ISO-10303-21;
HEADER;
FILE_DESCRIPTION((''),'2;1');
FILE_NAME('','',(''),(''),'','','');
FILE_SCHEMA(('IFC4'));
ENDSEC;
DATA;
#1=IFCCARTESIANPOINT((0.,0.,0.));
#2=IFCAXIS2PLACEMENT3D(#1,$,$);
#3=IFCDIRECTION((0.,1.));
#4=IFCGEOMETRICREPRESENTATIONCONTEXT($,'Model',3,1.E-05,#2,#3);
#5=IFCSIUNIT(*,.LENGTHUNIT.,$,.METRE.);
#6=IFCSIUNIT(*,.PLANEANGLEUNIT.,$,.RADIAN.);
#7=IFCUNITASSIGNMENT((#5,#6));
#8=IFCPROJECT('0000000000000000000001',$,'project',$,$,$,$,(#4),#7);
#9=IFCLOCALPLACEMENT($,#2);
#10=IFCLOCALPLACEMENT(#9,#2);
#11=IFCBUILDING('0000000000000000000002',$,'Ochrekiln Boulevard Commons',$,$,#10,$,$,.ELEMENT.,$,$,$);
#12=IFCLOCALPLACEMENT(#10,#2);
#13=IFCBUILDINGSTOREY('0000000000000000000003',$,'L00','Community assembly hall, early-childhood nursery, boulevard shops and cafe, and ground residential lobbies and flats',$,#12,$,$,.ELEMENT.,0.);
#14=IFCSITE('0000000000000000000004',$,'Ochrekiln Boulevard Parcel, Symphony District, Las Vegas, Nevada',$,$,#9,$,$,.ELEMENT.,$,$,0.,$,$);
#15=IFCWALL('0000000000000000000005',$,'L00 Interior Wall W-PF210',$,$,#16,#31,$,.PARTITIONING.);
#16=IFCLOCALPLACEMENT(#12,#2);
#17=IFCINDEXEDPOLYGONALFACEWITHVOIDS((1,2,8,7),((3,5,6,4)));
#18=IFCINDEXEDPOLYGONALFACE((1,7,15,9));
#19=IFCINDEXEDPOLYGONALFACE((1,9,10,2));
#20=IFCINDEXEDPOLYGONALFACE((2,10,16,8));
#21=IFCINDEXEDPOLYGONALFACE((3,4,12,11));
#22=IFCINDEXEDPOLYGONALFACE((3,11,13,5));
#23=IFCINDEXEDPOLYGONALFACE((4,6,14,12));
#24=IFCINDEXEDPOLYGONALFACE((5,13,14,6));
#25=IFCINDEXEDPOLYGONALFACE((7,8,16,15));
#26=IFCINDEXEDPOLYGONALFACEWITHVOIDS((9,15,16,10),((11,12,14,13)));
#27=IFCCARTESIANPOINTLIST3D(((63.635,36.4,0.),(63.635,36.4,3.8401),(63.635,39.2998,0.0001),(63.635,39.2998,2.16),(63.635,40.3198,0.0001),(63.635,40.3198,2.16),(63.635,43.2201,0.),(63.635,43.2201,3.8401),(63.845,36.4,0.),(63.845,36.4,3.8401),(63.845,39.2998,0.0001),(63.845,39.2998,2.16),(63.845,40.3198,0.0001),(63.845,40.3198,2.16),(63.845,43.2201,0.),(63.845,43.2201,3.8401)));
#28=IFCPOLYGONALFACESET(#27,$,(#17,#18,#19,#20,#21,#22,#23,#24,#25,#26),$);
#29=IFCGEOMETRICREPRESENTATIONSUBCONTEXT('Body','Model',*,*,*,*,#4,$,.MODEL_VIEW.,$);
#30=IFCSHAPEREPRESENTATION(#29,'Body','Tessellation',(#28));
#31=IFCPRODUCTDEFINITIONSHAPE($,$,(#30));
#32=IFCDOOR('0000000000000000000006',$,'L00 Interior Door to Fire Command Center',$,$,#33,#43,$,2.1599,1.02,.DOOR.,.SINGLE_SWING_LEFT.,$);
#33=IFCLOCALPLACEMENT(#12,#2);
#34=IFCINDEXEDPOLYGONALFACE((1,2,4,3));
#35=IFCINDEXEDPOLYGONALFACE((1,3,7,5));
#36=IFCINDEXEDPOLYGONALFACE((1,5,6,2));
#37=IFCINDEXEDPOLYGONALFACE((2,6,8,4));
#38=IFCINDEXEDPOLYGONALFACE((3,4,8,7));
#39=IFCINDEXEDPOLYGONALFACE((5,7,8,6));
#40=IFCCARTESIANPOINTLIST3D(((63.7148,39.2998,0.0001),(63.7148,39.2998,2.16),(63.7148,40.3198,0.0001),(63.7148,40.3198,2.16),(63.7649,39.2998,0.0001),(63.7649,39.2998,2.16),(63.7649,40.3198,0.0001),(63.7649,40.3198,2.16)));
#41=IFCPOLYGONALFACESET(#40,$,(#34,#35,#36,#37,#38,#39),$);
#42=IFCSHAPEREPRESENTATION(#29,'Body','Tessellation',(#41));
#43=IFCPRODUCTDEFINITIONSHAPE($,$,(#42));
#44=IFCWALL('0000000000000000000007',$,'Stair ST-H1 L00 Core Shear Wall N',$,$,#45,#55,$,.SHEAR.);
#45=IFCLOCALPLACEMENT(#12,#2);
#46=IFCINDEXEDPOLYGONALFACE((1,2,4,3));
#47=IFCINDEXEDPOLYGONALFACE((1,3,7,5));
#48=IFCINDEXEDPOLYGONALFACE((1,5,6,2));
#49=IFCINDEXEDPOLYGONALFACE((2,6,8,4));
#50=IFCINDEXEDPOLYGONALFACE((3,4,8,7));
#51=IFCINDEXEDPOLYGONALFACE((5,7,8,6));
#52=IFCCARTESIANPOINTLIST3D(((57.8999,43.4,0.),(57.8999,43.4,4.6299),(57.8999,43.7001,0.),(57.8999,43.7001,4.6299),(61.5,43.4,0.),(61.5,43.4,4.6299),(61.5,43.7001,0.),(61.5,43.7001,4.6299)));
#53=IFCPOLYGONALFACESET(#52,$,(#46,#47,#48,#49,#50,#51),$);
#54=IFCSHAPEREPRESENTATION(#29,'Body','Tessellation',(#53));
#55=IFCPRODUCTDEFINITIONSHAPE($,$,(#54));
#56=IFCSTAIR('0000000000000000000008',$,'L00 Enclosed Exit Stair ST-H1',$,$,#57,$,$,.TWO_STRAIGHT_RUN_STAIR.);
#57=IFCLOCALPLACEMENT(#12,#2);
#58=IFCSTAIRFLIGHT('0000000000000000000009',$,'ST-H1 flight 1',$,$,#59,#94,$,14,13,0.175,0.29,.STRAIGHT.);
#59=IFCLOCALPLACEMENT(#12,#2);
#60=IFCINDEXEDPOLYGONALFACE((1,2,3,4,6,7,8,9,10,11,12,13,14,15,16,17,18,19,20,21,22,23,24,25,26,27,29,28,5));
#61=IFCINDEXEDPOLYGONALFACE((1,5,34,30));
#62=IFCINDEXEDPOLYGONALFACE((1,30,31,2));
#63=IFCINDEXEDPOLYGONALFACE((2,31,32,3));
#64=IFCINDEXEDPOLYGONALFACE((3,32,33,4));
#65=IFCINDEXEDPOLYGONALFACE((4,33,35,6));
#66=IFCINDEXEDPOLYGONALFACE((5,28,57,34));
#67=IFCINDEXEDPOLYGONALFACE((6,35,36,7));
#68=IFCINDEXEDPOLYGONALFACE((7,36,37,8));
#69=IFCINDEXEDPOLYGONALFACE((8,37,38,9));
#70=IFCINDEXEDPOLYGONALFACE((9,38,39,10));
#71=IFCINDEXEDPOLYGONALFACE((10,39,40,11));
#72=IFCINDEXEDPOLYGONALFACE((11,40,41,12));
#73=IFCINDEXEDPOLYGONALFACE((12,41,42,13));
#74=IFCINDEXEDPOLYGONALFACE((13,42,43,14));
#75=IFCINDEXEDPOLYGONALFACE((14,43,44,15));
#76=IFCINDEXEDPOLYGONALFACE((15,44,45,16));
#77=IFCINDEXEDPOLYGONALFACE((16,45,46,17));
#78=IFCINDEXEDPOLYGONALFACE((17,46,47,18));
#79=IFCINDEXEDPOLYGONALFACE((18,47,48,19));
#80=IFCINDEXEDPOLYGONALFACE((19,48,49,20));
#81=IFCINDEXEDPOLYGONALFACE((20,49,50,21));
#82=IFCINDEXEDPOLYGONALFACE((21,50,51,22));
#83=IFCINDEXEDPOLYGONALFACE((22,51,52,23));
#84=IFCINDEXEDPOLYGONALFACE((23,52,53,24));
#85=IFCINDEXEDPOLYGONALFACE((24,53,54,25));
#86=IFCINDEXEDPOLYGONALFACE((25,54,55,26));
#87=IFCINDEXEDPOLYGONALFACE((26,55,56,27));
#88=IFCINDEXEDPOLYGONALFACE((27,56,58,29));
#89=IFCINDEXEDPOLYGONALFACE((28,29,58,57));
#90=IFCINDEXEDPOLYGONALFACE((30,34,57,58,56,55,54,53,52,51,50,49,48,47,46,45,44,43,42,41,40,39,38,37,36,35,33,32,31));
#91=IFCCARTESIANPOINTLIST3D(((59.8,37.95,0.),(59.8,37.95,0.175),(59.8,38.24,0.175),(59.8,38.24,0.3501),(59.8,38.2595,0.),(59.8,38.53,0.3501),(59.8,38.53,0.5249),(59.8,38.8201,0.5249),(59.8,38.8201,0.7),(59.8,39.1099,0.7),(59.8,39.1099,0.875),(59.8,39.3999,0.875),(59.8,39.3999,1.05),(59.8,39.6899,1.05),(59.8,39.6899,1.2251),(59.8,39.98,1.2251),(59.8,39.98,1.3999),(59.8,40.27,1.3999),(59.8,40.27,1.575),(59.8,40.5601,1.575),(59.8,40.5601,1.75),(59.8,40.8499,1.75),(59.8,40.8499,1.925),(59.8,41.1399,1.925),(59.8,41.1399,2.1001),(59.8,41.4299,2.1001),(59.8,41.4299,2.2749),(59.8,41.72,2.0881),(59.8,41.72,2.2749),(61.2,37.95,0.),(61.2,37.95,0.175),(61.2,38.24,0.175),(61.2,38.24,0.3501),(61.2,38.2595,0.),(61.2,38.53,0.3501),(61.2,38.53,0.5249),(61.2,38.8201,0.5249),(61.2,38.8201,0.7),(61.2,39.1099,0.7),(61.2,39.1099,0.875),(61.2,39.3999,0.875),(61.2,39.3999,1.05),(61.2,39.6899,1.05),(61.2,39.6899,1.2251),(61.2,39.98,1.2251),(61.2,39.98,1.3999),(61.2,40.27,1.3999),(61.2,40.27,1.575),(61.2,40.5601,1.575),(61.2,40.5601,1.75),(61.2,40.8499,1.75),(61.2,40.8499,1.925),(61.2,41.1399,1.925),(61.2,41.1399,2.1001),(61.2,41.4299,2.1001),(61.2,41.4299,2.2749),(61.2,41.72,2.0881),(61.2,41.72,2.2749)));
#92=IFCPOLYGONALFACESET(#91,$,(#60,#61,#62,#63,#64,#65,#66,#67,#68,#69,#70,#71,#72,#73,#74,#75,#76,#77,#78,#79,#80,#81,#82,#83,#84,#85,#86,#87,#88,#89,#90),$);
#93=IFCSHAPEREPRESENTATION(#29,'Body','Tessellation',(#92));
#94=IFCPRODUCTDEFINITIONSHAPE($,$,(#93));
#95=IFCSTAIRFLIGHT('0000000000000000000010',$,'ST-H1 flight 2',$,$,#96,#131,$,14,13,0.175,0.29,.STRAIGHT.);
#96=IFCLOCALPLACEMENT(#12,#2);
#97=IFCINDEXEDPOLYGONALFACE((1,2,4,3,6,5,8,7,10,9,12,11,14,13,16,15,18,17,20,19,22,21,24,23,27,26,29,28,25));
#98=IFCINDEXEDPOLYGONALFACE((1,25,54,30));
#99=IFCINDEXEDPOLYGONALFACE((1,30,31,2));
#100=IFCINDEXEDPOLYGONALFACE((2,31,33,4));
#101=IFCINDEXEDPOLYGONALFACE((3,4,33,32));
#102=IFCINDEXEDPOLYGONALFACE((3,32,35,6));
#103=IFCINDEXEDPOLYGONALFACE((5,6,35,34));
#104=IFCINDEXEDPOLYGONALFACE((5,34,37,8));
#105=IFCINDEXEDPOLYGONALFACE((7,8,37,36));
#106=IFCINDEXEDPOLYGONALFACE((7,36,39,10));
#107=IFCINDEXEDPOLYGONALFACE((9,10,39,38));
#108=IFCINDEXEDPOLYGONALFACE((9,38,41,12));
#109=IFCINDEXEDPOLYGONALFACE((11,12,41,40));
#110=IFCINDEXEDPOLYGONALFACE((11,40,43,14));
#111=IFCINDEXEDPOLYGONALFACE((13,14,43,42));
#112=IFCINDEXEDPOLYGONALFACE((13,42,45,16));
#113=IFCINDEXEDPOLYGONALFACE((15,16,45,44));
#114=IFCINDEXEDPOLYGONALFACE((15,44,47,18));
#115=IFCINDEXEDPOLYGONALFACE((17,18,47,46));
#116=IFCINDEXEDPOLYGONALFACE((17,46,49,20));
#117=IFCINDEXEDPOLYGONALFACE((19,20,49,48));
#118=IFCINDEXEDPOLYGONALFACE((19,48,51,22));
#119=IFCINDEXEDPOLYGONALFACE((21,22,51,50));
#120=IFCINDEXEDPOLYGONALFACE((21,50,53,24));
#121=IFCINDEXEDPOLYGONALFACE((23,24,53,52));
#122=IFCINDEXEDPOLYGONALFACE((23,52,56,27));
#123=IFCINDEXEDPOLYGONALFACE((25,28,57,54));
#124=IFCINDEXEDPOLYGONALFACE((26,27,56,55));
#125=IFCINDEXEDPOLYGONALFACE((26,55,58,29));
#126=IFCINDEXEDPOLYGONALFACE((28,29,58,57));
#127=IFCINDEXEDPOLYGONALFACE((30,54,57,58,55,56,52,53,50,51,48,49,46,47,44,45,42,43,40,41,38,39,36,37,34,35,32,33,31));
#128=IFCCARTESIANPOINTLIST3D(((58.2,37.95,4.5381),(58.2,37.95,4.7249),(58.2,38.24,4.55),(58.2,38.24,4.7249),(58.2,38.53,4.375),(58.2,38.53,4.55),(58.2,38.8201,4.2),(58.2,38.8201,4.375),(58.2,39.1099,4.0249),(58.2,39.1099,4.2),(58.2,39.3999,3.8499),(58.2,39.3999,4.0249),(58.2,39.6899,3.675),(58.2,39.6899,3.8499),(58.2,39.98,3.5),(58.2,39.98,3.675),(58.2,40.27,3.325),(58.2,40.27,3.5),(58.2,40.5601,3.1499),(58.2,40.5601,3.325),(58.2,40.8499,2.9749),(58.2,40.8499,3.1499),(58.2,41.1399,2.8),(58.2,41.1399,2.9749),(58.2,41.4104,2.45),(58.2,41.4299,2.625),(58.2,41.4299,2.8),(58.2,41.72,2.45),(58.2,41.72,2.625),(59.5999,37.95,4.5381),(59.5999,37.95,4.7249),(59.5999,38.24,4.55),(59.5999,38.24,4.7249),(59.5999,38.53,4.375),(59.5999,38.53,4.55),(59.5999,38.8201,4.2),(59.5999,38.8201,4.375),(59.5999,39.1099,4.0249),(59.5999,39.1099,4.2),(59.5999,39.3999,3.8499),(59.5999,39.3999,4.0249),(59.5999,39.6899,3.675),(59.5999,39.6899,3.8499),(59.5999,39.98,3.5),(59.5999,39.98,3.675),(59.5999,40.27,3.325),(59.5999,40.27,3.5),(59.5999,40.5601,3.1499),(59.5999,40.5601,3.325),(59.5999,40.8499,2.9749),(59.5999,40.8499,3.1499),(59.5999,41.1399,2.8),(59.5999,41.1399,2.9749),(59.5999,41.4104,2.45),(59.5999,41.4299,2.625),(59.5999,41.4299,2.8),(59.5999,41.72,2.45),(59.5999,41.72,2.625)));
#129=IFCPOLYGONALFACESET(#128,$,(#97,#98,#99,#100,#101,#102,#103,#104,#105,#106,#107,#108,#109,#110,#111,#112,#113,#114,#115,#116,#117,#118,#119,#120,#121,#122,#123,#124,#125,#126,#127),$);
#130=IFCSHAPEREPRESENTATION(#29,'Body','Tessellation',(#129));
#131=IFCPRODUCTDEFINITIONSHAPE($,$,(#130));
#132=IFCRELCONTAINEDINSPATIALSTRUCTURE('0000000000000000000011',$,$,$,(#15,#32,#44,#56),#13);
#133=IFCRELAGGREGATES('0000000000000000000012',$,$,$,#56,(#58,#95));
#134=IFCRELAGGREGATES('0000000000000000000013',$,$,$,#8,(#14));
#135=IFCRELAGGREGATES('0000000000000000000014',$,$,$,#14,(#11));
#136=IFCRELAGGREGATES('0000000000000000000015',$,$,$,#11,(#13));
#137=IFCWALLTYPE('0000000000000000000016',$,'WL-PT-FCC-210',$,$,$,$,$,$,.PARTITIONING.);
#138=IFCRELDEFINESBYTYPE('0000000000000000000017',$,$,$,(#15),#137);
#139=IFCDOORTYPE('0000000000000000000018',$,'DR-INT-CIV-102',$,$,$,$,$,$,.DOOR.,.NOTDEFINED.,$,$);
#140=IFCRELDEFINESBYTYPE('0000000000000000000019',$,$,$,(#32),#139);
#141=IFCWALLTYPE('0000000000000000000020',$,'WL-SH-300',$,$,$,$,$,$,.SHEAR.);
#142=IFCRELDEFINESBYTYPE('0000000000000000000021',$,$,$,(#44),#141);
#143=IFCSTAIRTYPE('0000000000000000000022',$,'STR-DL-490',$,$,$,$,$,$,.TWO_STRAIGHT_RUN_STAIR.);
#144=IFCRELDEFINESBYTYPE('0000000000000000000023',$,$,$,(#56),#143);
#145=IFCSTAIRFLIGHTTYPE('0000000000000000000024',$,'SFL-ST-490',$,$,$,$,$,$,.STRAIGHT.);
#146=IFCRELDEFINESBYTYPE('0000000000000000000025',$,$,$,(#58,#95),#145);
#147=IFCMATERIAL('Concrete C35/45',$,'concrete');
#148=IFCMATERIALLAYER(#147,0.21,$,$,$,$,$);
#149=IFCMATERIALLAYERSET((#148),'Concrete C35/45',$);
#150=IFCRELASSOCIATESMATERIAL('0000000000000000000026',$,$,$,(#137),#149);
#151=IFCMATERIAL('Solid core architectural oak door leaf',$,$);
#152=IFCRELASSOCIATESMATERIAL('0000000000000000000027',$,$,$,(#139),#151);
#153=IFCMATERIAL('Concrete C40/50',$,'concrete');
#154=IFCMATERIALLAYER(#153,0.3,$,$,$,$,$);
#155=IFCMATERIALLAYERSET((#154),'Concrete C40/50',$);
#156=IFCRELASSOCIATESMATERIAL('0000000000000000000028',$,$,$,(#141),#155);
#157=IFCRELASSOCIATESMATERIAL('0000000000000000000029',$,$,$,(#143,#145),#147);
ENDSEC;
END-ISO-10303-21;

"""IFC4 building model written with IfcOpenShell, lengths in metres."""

from ifc_helpers import new_model, si_unit, direction, frame, frame_2d, origin, place, context, subcontext, project, spatial, polyline, rectangle, outline, extrude, material, layer, layer_set, type_object, element, fill, aggregate, save


model = new_model("IFC4")

# Units and contexts
model_context = context("Model", 3, precision=1e-05, world=origin(), true_north=direction((0.0, 1.0)))
body_context = subcontext(model_context, "Body", "Model", "MODEL_VIEW")
ifc_project = project(units=[si_unit("LENGTHUNIT", "METRE"), si_unit("PLANEANGLEUNIT", "RADIAN")], contexts=[model_context])

# Site, building, storey
site_placement = place(None, origin())
site = spatial("IfcSite", under=ifc_project, at=site_placement, Name="Ochrekiln Boulevard Parcel, Symphony District, Las Vegas, Nevada", CompositionType="ELEMENT", RefElevation=0.0)
building_placement = place(site_placement, origin())
building = spatial("IfcBuilding", under=site, at=building_placement, Name="Ochrekiln Boulevard Commons", CompositionType="ELEMENT")
storey_placement = place(building_placement, origin())
storey = spatial("IfcBuildingStorey", under=building, at=storey_placement, Name="L00", Description="Community assembly hall, early-childhood nursery, boulevard shops and cafe, and ground residential lobbies and flats", CompositionType="ELEMENT", Elevation=0.0)

# Shared definitions
ifc_material_1 = material(Name="Concrete C40/50", Category="concrete")

# Shared definitions
ifc_material_2 = material(Name="Concrete C35/45", Category="concrete")

# Wall, opening, door
ifc_layer_1 = layer(ifc_material_2, 0.21)
ifc_layer_set_1 = layer_set([ifc_layer_1], Name="Concrete C35/45")
wall_type_1 = type_object("IfcWallType", Name="WL-PT-FCC-210", PredefinedType="PARTITIONING", material=ifc_layer_set_1)
wall_1_placement = place(storey_placement, frame((63.74, 36.3999, 0.0), z_axis=(0.0, 0.0, 1.0), x_axis=(0.0, 1.0, 0.0)))
wall_1 = element("IfcWall", 1, at=wall_1_placement, inside=storey, type_object=wall_type_1, Name="L00 Interior Wall W-PF210", PredefinedType="PARTITIONING", context=body_context, shape_type="SweptSolid", body=[
    extrude(rectangle(XDim=6.8201, YDim=0.21, at=frame_2d((3.4102, 0.0))), origin(), (0.0, 0.0, 1.0), 3.8401),
])
opening_1_placement = place(wall_1_placement, frame((2.8999, 0.0, 0.0)))
opening_1 = element("IfcOpeningElement", 2, at=opening_1_placement, cuts=wall_1, PredefinedType="OPENING", context=body_context, shape_type="SweptSolid", body=[
    extrude(rectangle(XDim=1.02, YDim=2.1599, at=frame_2d((0.51, 1.0801))), frame((0.0, 0.115, 0.0), z_axis=(0.0, -1.0, 0.0), x_axis=(1.0, 0.0, 0.0)), (0.0, 0.0, 1.0), 0.23),
])
ifc_material_3 = material(Name="Solid core architectural oak door leaf")
door_type_1 = type_object("IfcDoorType", Name="DR-INT-CIV-102", OperationType="NOTDEFINED", PredefinedType="DOOR", material=ifc_material_3)
door_1_placement = place(opening_1_placement, frame((1.02, 0.0, 0.0), z_axis=(0.0, 0.0, 1.0), x_axis=(-1.0, 0.0, 0.0)))
door_1 = element("IfcDoor", 3, at=door_1_placement, inside=storey, type_object=door_type_1, Name="L00 Interior Door to Fire Command Center", OperationType="SINGLE_SWING_LEFT", OverallHeight=2.1599, OverallWidth=1.02, PredefinedType="DOOR", context=body_context, shape_type="SweptSolid", body=[
    extrude(rectangle(XDim=1.02, YDim=2.1599, at=frame_2d((0.51, 1.0801))), frame((0.0, 0.0249, 0.0), z_axis=(0.0, -1.0, 0.0), x_axis=(1.0, 0.0, 0.0)), (0.0, 0.0, 1.0), 0.05),
])
fill(opening_1, door_1)

# Wall
ifc_layer_2 = layer(ifc_material_1, 0.3)
ifc_layer_set_2 = layer_set([ifc_layer_2], Name="Concrete C40/50")
wall_type_2 = type_object("IfcWallType", Name="WL-SH-300", PredefinedType="SHEAR", material=ifc_layer_set_2)
wall_2_placement = place(storey_placement, frame((57.8999, 43.55, 0.0), z_axis=(0.0, 0.0, 1.0), x_axis=(1.0, 0.0, 0.0)))
element("IfcWall", 4, at=wall_2_placement, inside=storey, type_object=wall_type_2, Name="Stair ST-H1 L00 Core Shear Wall N", PredefinedType="SHEAR", context=body_context, shape_type="SweptSolid", body=[
    extrude(rectangle(XDim=3.6001, YDim=0.3, at=frame_2d((1.8, 0.0))), origin(), (0.0, 0.0, 1.0), 4.6299),
])

# Stair, stair flights
stair_type = type_object("IfcStairType", Name="STR-DL-490", PredefinedType="TWO_STRAIGHT_RUN_STAIR", material=ifc_material_2)
stair_placement = place(storey_placement, origin())
stair = element("IfcStair", 5, at=stair_placement, inside=storey, type_object=stair_type, Name="L00 Enclosed Exit Stair ST-H1", PredefinedType="TWO_STRAIGHT_RUN_STAIR")
stair_flight_type = type_object("IfcStairFlightType", Name="SFL-ST-490", PredefinedType="STRAIGHT", material=ifc_material_2)
stair_flight_1_placement = place(storey_placement, frame((60.5, 37.95, 0.0), z_axis=(0.0, 0.0, 1.0), x_axis=(0.0, 1.0, 0.0)))
stair_flight_1 = element("IfcStairFlight", 6, at=stair_flight_1_placement, type_object=stair_flight_type, Name="ST-H1 flight 1", NumberOfRisers=14, NumberOfTreads=13, PredefinedType="STRAIGHT", RiserHeight=0.175, TreadLength=0.29, context=body_context, shape_type="SweptSolid", body=[
    extrude(outline(polyline([(0.0, 0.0), (0.0, 0.175), (0.29, 0.175), (0.29, 0.3501), (0.5801, 0.3501), (0.5801, 0.5249), (0.8701, 0.5249), (0.8701, 0.7), (1.1599, 0.7), (1.1599, 0.875), (1.45, 0.875), (1.45, 1.05), (1.74, 1.05), (1.74, 1.2251), (2.03, 1.2251), (2.03, 1.3999), (2.3201, 1.3999), (2.3201, 1.575), (2.6101, 1.575), (2.6101, 1.75), (2.8999, 1.75), (2.8999, 1.925), (3.1899, 1.925), (3.1899, 2.1001), (3.48, 2.1001), (3.48, 2.2749), (3.77, 2.2749), (3.77, 2.45), (3.77, 2.0881), (0.3096, 0.0), (0.0, 0.0)])), frame((0.0, 0.7, 0.0), z_axis=(0.0, -1.0, 0.0), x_axis=(1.0, 0.0, 0.0)), (0.0, 0.0, 1.0), 1.3999),
])
stair_flight_2_placement = place(storey_placement, frame((58.8999, 41.72, 2.45), z_axis=(0.0, 0.0, 1.0), x_axis=(0.0, -1.0, 0.0)))
stair_flight_2 = element("IfcStairFlight", 7, at=stair_flight_2_placement, type_object=stair_flight_type, Name="ST-H1 flight 2", NumberOfRisers=14, NumberOfTreads=13, PredefinedType="STRAIGHT", RiserHeight=0.175, TreadLength=0.29, context=body_context, shape_type="SweptSolid", body=[
    extrude(outline(polyline([(0.0, 0.0), (0.0, 0.175), (0.29, 0.175), (0.29, 0.3501), (0.5801, 0.3501), (0.5801, 0.5249), (0.8701, 0.5249), (0.8701, 0.7), (1.1599, 0.7), (1.1599, 0.875), (1.45, 0.875), (1.45, 1.05), (1.74, 1.05), (1.74, 1.2251), (2.03, 1.2251), (2.03, 1.3999), (2.3201, 1.3999), (2.3201, 1.575), (2.6101, 1.575), (2.6101, 1.75), (2.8999, 1.75), (2.8999, 1.925), (3.1899, 1.925), (3.1899, 2.1001), (3.48, 2.1001), (3.48, 2.2749), (3.77, 2.2749), (3.77, 2.45), (3.77, 2.0881), (0.3096, 0.0), (0.0, 0.0)])), frame((0.0, 0.7, 0.0), z_axis=(0.0, -1.0, 0.0), x_axis=(1.0, 0.0, 0.0)), (0.0, 0.0, 1.0), 1.3999),
])
aggregate(stair, [stair_flight_1, stair_flight_2])

save(model, "model.ifc")
